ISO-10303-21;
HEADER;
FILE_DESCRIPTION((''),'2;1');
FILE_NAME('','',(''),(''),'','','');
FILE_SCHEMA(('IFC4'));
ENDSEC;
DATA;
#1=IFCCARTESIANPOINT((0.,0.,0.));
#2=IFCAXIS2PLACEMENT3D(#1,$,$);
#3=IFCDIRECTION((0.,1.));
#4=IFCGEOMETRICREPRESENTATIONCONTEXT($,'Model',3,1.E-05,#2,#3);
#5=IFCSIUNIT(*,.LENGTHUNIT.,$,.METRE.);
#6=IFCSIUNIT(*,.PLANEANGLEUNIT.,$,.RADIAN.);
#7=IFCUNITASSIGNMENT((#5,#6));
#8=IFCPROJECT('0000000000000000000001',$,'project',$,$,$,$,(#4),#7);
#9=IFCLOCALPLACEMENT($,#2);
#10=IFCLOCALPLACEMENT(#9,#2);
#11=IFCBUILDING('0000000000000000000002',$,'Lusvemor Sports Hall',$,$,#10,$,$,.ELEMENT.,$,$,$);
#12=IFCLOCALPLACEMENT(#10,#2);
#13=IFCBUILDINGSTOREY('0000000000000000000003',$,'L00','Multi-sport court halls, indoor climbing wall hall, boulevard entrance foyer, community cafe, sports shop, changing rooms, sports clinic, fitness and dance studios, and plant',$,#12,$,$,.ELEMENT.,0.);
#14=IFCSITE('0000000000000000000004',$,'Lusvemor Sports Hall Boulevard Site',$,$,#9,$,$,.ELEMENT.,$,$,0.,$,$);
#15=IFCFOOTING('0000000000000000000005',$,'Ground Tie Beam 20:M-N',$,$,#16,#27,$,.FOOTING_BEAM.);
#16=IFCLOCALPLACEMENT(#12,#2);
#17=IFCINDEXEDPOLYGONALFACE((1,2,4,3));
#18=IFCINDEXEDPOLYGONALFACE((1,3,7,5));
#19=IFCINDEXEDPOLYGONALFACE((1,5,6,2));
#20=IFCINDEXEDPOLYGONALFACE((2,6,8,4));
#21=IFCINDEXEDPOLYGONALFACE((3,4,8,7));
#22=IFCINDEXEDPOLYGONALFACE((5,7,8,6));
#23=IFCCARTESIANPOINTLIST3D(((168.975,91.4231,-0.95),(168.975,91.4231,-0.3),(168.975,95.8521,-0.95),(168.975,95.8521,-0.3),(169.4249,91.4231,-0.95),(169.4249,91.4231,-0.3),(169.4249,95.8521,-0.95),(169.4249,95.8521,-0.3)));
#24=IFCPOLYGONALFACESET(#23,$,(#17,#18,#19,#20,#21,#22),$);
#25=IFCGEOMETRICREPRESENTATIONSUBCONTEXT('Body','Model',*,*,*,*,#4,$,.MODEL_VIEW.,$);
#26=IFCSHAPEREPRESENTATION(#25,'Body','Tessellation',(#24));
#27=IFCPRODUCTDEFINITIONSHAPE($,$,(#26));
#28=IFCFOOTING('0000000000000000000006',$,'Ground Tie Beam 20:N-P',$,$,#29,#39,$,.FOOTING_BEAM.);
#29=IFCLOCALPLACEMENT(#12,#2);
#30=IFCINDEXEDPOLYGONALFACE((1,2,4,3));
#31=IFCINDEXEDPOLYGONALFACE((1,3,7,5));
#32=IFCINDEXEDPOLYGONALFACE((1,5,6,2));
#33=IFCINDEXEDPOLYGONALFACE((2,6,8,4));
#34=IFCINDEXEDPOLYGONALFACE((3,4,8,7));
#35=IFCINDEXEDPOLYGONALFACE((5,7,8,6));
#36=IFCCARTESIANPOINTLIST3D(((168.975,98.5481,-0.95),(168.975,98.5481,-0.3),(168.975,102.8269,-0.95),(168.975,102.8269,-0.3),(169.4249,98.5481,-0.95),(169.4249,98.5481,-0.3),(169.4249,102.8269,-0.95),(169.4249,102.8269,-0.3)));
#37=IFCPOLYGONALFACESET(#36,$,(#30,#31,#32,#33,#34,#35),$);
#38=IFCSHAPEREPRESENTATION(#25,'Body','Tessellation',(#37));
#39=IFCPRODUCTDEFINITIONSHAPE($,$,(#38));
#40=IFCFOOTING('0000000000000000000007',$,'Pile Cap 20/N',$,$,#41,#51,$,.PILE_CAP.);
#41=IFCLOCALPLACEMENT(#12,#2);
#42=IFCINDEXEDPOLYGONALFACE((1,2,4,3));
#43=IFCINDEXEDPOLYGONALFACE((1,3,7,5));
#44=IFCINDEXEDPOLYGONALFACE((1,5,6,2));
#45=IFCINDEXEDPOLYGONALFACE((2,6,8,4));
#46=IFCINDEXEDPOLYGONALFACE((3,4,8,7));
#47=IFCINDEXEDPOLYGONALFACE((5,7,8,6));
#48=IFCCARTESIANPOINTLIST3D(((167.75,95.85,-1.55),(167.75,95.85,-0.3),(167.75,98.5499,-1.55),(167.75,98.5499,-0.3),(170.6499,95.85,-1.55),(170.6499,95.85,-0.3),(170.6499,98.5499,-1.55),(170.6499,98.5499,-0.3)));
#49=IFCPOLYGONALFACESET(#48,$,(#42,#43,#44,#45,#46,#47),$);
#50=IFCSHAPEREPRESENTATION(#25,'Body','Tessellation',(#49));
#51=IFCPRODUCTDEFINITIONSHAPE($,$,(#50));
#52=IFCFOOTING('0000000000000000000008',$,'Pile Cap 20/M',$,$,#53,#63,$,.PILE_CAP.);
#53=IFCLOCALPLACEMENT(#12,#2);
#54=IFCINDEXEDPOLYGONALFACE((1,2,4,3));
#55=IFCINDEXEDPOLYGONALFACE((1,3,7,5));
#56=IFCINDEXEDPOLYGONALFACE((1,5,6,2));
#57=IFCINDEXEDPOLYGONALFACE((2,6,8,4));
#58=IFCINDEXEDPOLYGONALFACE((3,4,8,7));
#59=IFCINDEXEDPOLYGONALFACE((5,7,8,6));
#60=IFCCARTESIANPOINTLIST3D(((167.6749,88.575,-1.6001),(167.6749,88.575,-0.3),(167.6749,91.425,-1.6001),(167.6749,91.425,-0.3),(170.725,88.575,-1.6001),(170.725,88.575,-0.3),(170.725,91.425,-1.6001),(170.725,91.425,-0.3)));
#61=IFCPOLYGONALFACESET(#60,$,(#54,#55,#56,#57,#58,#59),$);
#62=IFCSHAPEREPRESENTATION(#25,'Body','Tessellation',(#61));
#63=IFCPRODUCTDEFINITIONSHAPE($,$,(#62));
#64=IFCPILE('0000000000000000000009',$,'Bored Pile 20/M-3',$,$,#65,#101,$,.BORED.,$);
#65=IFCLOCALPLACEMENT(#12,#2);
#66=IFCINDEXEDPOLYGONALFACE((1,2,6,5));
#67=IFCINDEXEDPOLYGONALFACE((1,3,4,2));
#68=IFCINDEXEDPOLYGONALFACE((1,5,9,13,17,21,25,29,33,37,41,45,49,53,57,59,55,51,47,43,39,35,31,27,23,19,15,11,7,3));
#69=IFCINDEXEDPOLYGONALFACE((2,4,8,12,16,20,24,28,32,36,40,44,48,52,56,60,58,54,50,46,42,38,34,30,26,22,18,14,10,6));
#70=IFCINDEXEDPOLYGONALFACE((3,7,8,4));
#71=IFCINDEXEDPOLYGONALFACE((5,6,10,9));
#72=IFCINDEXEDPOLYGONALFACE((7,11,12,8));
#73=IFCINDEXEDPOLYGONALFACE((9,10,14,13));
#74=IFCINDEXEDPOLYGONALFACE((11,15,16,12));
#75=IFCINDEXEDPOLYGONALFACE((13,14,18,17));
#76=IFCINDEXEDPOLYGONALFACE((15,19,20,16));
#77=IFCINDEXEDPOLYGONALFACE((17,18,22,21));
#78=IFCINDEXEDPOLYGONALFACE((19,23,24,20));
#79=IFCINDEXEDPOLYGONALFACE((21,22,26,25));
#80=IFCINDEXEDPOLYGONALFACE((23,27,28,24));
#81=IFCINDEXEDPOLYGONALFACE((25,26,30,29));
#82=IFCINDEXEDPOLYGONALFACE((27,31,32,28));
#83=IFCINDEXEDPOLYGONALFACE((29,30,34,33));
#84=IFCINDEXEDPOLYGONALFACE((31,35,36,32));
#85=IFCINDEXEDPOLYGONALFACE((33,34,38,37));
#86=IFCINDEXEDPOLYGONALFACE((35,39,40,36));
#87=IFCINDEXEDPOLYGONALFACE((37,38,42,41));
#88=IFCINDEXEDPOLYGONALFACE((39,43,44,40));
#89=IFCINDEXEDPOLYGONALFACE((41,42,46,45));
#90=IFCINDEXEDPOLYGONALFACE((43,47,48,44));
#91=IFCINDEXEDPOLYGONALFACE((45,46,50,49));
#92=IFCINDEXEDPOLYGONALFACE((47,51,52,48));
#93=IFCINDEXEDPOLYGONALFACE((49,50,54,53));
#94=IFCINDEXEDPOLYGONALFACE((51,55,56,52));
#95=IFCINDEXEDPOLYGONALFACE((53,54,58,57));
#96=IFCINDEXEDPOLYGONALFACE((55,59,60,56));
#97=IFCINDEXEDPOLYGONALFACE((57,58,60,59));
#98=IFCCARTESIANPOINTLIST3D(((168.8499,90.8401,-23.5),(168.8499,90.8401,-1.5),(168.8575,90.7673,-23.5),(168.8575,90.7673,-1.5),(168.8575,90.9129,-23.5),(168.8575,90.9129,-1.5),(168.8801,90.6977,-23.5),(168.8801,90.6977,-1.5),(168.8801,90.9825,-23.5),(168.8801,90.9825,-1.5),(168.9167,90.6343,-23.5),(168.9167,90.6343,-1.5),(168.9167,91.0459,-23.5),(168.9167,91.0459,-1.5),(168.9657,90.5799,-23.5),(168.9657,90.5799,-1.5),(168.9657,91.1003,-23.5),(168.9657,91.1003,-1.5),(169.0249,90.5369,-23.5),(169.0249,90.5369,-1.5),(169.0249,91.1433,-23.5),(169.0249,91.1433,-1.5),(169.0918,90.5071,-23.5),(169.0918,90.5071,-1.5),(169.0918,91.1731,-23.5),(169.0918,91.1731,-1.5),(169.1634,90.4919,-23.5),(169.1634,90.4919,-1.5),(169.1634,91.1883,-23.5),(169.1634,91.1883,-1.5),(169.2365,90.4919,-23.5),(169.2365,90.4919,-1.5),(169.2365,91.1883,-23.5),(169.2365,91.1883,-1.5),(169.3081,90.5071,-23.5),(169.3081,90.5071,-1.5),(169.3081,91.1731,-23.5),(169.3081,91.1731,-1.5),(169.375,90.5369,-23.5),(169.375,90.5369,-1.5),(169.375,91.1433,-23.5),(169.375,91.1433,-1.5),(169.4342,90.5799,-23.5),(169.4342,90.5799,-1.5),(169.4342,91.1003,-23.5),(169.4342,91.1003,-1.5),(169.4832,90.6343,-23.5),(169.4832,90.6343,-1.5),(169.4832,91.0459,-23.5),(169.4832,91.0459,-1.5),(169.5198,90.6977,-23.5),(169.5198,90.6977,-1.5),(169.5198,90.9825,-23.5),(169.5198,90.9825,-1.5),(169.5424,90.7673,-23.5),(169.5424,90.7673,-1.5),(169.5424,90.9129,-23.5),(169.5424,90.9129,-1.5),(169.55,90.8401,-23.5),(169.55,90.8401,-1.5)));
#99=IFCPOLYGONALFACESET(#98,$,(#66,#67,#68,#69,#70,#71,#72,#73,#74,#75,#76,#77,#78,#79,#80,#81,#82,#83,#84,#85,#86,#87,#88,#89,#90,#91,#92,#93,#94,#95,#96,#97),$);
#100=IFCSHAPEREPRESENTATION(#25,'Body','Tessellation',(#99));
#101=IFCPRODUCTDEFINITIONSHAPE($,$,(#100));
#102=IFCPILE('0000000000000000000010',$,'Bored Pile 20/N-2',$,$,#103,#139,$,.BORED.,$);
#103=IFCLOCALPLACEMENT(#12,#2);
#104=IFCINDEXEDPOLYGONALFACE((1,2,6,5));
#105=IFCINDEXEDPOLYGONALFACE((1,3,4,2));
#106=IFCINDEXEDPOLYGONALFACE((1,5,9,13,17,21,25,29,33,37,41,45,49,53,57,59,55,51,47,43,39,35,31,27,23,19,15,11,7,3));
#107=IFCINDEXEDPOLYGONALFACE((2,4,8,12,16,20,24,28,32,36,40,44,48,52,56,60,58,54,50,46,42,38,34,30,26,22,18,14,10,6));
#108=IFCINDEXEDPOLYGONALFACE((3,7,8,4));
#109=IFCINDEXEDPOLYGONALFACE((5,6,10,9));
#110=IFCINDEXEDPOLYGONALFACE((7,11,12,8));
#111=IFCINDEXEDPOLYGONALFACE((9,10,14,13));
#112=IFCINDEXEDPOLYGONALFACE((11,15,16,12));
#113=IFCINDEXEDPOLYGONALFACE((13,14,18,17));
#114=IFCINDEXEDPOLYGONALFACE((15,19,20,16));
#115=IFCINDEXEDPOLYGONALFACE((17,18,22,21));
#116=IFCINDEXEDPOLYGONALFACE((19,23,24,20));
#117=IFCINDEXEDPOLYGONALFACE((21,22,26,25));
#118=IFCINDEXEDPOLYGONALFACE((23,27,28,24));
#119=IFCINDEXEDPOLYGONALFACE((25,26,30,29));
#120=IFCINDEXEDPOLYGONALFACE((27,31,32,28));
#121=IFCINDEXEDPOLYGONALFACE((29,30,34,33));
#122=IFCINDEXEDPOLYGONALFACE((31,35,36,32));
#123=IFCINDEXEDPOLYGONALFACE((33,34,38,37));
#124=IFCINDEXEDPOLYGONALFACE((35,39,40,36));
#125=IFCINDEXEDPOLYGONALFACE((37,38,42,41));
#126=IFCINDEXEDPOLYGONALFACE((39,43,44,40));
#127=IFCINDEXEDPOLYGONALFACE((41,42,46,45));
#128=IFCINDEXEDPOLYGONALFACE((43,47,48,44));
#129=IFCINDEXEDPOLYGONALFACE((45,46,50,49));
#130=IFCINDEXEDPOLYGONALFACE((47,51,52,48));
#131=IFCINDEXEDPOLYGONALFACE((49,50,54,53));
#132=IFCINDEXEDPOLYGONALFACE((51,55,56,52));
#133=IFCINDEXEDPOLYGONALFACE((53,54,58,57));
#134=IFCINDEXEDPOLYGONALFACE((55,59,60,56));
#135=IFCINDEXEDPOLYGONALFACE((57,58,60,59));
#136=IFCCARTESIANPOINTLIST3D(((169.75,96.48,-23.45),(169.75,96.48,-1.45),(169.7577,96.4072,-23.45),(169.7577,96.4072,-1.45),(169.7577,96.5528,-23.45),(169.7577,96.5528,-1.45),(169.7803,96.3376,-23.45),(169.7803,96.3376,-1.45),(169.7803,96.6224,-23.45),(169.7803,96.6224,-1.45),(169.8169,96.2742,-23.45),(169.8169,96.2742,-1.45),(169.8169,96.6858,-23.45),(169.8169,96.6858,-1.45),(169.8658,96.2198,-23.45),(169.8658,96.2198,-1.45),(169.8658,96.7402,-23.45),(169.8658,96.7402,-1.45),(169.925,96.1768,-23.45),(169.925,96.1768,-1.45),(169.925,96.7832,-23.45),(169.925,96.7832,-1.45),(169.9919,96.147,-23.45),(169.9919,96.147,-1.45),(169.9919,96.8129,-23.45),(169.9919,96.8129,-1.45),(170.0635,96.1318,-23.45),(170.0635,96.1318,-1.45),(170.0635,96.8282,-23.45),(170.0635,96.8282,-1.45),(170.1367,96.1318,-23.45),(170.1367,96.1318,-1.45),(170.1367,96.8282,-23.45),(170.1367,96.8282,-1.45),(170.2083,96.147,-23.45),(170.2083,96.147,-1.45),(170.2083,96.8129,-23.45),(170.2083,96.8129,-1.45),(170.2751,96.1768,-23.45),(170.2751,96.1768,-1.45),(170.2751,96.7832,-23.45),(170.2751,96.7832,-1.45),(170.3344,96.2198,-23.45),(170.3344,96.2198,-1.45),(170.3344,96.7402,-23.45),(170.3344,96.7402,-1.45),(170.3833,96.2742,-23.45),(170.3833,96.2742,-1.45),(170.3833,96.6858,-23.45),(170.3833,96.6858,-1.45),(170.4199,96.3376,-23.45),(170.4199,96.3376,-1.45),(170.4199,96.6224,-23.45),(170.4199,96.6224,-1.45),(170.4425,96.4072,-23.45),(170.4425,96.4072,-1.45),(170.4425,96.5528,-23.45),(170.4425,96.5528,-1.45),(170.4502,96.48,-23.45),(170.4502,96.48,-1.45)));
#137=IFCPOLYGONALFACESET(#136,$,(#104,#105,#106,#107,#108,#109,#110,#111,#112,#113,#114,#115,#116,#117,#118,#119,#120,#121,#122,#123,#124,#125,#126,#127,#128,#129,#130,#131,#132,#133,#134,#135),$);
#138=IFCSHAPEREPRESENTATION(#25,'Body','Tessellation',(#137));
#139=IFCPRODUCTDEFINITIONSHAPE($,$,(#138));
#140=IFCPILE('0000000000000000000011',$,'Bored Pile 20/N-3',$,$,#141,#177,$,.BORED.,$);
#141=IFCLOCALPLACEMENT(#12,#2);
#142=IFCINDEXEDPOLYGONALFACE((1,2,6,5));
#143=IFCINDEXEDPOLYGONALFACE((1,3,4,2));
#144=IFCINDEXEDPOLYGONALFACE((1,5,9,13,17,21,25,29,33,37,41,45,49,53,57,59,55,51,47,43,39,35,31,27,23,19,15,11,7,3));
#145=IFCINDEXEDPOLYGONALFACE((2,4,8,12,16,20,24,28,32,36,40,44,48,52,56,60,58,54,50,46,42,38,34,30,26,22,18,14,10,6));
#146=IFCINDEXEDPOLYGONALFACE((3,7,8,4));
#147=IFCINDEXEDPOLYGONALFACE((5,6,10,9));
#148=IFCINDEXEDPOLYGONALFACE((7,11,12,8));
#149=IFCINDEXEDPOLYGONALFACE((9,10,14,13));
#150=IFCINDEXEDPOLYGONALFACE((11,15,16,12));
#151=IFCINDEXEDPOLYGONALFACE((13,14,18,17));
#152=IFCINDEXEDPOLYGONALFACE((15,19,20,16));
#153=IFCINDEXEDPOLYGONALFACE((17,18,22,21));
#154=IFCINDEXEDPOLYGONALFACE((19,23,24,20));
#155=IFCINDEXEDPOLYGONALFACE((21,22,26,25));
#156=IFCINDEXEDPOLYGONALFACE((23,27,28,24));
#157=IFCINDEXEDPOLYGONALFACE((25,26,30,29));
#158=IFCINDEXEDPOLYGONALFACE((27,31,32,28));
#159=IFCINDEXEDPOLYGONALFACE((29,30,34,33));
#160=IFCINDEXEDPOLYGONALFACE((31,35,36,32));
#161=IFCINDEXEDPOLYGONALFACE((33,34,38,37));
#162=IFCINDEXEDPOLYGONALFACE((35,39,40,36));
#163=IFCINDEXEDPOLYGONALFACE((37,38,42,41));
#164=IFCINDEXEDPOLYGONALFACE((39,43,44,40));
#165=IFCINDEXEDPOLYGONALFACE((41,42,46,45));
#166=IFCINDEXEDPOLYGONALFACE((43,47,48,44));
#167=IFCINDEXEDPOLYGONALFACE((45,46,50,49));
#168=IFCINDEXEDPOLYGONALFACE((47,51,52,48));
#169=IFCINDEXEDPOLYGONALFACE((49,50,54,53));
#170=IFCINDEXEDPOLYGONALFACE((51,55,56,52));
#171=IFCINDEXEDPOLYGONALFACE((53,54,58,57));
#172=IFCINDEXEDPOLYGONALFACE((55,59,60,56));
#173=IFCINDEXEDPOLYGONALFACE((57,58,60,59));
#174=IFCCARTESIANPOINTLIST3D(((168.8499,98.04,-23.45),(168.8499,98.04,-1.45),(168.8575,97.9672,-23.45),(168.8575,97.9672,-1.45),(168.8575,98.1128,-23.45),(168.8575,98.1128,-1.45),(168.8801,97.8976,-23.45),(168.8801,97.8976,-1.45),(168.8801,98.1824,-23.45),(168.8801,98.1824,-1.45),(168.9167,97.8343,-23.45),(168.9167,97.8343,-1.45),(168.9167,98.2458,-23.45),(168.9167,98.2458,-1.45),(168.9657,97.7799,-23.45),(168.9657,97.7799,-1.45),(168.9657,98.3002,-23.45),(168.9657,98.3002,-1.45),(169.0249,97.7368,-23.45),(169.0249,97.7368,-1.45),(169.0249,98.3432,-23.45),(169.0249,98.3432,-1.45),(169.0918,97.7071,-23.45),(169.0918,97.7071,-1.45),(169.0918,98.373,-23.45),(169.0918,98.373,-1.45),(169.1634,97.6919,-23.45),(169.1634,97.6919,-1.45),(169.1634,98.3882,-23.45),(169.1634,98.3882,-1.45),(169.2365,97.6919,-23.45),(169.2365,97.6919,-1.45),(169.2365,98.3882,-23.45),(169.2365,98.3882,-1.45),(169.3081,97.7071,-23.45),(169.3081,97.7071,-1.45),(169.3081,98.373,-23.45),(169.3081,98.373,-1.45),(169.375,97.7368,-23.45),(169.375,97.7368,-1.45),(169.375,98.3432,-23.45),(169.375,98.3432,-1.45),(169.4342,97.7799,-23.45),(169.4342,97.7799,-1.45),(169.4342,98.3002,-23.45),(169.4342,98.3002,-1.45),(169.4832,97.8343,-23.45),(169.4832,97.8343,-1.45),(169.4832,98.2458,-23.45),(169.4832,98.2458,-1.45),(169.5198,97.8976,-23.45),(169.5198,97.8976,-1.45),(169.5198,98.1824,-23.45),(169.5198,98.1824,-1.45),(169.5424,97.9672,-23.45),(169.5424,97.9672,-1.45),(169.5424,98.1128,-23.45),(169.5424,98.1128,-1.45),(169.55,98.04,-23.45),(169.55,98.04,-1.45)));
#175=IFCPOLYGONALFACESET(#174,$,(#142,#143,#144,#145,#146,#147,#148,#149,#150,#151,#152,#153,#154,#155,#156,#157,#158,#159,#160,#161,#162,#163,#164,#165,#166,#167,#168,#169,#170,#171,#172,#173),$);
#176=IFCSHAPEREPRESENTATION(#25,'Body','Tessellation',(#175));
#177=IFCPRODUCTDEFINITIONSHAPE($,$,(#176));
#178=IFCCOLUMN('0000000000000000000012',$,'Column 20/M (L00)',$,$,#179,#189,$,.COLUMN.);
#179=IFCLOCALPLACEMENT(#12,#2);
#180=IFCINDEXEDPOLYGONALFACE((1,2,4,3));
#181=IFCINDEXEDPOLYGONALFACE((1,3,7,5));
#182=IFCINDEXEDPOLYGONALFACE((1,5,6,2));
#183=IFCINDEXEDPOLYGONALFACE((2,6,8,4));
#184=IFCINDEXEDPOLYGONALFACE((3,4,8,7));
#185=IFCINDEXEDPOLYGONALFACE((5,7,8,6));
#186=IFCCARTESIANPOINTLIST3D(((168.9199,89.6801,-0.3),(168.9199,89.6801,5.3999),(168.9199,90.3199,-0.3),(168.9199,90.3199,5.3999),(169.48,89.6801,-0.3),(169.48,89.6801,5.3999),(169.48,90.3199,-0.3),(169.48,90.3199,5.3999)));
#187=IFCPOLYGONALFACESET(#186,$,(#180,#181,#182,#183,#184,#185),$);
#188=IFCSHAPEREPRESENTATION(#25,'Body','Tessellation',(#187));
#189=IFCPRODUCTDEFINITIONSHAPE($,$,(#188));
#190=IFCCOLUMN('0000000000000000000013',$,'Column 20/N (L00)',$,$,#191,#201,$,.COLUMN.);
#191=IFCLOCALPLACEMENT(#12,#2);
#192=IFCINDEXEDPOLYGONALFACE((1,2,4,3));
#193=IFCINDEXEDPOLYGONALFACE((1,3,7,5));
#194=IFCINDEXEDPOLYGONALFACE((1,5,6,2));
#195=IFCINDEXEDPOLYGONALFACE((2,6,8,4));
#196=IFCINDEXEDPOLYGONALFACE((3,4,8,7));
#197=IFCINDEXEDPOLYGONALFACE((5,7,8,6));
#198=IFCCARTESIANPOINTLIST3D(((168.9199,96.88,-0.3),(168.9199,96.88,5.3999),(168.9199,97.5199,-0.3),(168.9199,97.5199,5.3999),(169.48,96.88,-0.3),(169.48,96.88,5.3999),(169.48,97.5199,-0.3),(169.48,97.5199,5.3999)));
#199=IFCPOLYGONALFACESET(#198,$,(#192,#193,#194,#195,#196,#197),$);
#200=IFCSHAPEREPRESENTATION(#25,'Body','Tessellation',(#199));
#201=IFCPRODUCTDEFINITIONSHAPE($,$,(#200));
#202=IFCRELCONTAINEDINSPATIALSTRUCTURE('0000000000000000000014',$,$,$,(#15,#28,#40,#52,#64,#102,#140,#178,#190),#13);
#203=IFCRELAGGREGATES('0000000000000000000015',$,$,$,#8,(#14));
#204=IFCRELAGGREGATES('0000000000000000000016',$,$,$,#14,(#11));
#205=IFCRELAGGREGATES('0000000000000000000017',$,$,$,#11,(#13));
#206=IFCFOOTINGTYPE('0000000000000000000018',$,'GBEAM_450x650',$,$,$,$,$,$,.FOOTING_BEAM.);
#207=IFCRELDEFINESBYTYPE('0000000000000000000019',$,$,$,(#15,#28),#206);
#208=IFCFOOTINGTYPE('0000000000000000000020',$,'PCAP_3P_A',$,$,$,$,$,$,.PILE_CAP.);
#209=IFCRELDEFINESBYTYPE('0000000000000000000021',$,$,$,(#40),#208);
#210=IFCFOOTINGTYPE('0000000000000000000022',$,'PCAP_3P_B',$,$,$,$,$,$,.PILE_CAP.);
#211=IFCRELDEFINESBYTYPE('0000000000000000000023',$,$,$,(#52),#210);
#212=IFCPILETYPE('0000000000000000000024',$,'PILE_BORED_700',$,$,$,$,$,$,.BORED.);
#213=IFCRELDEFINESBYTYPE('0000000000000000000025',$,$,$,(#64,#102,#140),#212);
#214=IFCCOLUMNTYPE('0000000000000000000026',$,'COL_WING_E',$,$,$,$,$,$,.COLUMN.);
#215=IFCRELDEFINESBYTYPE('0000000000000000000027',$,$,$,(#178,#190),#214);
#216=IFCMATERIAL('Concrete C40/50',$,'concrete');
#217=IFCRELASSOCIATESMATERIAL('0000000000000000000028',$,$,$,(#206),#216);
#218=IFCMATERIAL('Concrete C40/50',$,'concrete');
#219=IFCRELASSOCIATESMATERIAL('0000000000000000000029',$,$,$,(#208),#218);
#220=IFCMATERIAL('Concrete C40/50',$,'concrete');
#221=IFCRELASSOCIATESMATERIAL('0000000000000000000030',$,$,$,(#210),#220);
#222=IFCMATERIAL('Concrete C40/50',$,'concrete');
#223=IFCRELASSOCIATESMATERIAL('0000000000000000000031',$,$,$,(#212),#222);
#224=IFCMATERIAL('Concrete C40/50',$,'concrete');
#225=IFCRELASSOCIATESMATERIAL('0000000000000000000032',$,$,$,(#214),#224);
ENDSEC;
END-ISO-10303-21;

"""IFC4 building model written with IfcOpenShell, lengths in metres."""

from ifc_helpers import new_model, si_unit, direction, frame, origin, origin_2d, place, context, subcontext, project, spatial, rectangle, circle, extrude, material, material_profile, profile_set, type_object, element, save


model = new_model("IFC4")

# Units and contexts
model_context = context("Model", 3, precision=1e-05, world=origin(), true_north=direction((0.0, 1.0)))
body_context = subcontext(model_context, "Body", "Model", "MODEL_VIEW")
ifc_project = project(units=[si_unit("LENGTHUNIT", "METRE"), si_unit("PLANEANGLEUNIT", "RADIAN")], contexts=[model_context])

# Site, building, storey
site_placement = place(None, origin())
site = spatial("IfcSite", under=ifc_project, at=site_placement, Name="Lusvemor Sports Hall Boulevard Site", CompositionType="ELEMENT", RefElevation=0.0)
building_placement = place(site_placement, origin())
building = spatial("IfcBuilding", under=site, at=building_placement, Name="Lusvemor Sports Hall", CompositionType="ELEMENT")
storey_placement = place(building_placement, origin())
storey = spatial("IfcBuildingStorey", under=building, at=storey_placement, Name="L00", Description="Multi-sport court halls, indoor climbing wall hall, boulevard entrance foyer, community cafe, sports shop, changing rooms, sports clinic, fitness and dance studios, and plant", CompositionType="ELEMENT", Elevation=0.0)

# Footings
ifc_material_1 = material(Name="Concrete C40/50", Category="concrete")
ifc_material_profile_1 = material_profile(ifc_material_1, rectangle(XDim=0.45, YDim=0.6499, at=origin_2d()), Name="GB_450x650")
ifc_profile_set_1 = profile_set([ifc_material_profile_1], Name="Concrete C40/50")
footing_type_1 = type_object("IfcFootingType", Name="GBEAM_450x650", PredefinedType="FOOTING_BEAM", material=ifc_profile_set_1)
footing_1_placement = place(storey_placement, frame((169.2, 91.4231, -0.625), z_axis=(0.0, 1.0, 0.0), x_axis=(-1.0, 0.0, 0.0)))
element("IfcFooting", 1, at=footing_1_placement, inside=storey, type_object=footing_type_1, Name="Ground Tie Beam 20:M-N", PredefinedType="FOOTING_BEAM", context=body_context, shape_type="SweptSolid", body=[
    extrude(rectangle(XDim=0.45, YDim=0.6499, at=origin_2d()), origin(), (0.0, 0.0, 1.0), 4.429),
])
footing_2_placement = place(storey_placement, frame((169.2, 98.5481, -0.625), z_axis=(0.0, 1.0, 0.0), x_axis=(-1.0, 0.0, 0.0)))
element("IfcFooting", 2, at=footing_2_placement, inside=storey, type_object=footing_type_1, Name="Ground Tie Beam 20:N-P", PredefinedType="FOOTING_BEAM", context=body_context, shape_type="SweptSolid", body=[
    extrude(rectangle(XDim=0.45, YDim=0.6499, at=origin_2d()), origin(), (0.0, 0.0, 1.0), 4.2788),
])
ifc_material_2 = material(Name="Concrete C40/50", Category="concrete")
footing_type_2 = type_object("IfcFootingType", Name="PCAP_3P_A", PredefinedType="PILE_CAP", material=ifc_material_2)
footing_3_placement = place(storey_placement, frame((169.2, 97.2, -1.55), z_axis=(0.0, 0.0, 1.0), x_axis=(1.0, 0.0, 0.0)))
element("IfcFooting", 3, at=footing_3_placement, inside=storey, type_object=footing_type_2, Name="Pile Cap 20/N", PredefinedType="PILE_CAP", context=body_context, shape_type="SweptSolid", body=[
    extrude(rectangle(XDim=2.8999, YDim=2.7, at=origin_2d()), origin(), (0.0, 0.0, 1.0), 1.25),
])
ifc_material_3 = material(Name="Concrete C40/50", Category="concrete")
footing_type_3 = type_object("IfcFootingType", Name="PCAP_3P_B", PredefinedType="PILE_CAP", material=ifc_material_3)
footing_4_placement = place(storey_placement, frame((169.2, 90.0, -1.6001), z_axis=(0.0, 0.0, 1.0), x_axis=(1.0, 0.0, 0.0)))
element("IfcFooting", 4, at=footing_4_placement, inside=storey, type_object=footing_type_3, Name="Pile Cap 20/M", PredefinedType="PILE_CAP", context=body_context, shape_type="SweptSolid", body=[
    extrude(rectangle(XDim=3.05, YDim=2.8501, at=origin_2d()), origin(), (0.0, 0.0, 1.0), 1.3),
])

# Piles
ifc_material_4 = material(Name="Concrete C40/50", Category="concrete")
ifc_material_profile_2 = material_profile(ifc_material_4, circle(Radius=0.3501, at=origin_2d()), Name="PILE700")
ifc_profile_set_2 = profile_set([ifc_material_profile_2], Name="Concrete C40/50")
pile_type = type_object("IfcPileType", Name="PILE_BORED_700", PredefinedType="BORED", material=ifc_profile_set_2)
for number, where, z_axis, x_axis, name in (
    (5, (169.2, 90.8401, -1.5), (0.0, 0.0, -1.0), (1.0, 0.0, 0.0), "Bored Pile 20/M-3"),
    (6, (170.1001, 96.48, -1.45), (0.0, 0.0, -1.0), (1.0, 0.0, 0.0), "Bored Pile 20/N-2"),
    (7, (169.2, 98.04, -1.45), (0.0, 0.0, -1.0), (1.0, 0.0, 0.0), "Bored Pile 20/N-3"),
):
    element("IfcPile", number, at=place(storey_placement, frame(where, z_axis=z_axis, x_axis=x_axis)), inside=storey, type_object=pile_type, Name=name, PredefinedType="BORED", context=body_context, shape_type="SweptSolid", body=[
        extrude(circle(Radius=0.3501, at=origin_2d()), origin(), (0.0, 0.0, 1.0), 22.0),
    ])

# Columns
ifc_material_5 = material(Name="Concrete C40/50", Category="concrete")
ifc_material_profile_3 = material_profile(ifc_material_5, rectangle(XDim=0.5601, YDim=0.6399, at=origin_2d()), Name="RC560x640")
ifc_profile_set_3 = profile_set([ifc_material_profile_3], Name="Concrete C40/50")
column_type = type_object("IfcColumnType", Name="COL_WING_E", PredefinedType="COLUMN", material=ifc_profile_set_3)
for number, where, z_axis, x_axis, name in (
    (8, (169.2, 90.0, -0.3), (0.0, 0.0, 1.0), (1.0, 0.0, 0.0), "Column 20/M (L00)"),
    (9, (169.2, 97.2, -0.3), (0.0, 0.0, 1.0), (1.0, 0.0, 0.0), "Column 20/N (L00)"),
):
    element("IfcColumn", number, at=place(storey_placement, frame(where, z_axis=z_axis, x_axis=x_axis)), inside=storey, type_object=column_type, Name=name, PredefinedType="COLUMN", context=body_context, shape_type="SweptSolid", body=[
        extrude(rectangle(XDim=0.5601, YDim=0.6399, at=origin_2d()), origin(), (0.0, 0.0, 1.0), 5.7),
    ])

save(model, "model.ifc")
